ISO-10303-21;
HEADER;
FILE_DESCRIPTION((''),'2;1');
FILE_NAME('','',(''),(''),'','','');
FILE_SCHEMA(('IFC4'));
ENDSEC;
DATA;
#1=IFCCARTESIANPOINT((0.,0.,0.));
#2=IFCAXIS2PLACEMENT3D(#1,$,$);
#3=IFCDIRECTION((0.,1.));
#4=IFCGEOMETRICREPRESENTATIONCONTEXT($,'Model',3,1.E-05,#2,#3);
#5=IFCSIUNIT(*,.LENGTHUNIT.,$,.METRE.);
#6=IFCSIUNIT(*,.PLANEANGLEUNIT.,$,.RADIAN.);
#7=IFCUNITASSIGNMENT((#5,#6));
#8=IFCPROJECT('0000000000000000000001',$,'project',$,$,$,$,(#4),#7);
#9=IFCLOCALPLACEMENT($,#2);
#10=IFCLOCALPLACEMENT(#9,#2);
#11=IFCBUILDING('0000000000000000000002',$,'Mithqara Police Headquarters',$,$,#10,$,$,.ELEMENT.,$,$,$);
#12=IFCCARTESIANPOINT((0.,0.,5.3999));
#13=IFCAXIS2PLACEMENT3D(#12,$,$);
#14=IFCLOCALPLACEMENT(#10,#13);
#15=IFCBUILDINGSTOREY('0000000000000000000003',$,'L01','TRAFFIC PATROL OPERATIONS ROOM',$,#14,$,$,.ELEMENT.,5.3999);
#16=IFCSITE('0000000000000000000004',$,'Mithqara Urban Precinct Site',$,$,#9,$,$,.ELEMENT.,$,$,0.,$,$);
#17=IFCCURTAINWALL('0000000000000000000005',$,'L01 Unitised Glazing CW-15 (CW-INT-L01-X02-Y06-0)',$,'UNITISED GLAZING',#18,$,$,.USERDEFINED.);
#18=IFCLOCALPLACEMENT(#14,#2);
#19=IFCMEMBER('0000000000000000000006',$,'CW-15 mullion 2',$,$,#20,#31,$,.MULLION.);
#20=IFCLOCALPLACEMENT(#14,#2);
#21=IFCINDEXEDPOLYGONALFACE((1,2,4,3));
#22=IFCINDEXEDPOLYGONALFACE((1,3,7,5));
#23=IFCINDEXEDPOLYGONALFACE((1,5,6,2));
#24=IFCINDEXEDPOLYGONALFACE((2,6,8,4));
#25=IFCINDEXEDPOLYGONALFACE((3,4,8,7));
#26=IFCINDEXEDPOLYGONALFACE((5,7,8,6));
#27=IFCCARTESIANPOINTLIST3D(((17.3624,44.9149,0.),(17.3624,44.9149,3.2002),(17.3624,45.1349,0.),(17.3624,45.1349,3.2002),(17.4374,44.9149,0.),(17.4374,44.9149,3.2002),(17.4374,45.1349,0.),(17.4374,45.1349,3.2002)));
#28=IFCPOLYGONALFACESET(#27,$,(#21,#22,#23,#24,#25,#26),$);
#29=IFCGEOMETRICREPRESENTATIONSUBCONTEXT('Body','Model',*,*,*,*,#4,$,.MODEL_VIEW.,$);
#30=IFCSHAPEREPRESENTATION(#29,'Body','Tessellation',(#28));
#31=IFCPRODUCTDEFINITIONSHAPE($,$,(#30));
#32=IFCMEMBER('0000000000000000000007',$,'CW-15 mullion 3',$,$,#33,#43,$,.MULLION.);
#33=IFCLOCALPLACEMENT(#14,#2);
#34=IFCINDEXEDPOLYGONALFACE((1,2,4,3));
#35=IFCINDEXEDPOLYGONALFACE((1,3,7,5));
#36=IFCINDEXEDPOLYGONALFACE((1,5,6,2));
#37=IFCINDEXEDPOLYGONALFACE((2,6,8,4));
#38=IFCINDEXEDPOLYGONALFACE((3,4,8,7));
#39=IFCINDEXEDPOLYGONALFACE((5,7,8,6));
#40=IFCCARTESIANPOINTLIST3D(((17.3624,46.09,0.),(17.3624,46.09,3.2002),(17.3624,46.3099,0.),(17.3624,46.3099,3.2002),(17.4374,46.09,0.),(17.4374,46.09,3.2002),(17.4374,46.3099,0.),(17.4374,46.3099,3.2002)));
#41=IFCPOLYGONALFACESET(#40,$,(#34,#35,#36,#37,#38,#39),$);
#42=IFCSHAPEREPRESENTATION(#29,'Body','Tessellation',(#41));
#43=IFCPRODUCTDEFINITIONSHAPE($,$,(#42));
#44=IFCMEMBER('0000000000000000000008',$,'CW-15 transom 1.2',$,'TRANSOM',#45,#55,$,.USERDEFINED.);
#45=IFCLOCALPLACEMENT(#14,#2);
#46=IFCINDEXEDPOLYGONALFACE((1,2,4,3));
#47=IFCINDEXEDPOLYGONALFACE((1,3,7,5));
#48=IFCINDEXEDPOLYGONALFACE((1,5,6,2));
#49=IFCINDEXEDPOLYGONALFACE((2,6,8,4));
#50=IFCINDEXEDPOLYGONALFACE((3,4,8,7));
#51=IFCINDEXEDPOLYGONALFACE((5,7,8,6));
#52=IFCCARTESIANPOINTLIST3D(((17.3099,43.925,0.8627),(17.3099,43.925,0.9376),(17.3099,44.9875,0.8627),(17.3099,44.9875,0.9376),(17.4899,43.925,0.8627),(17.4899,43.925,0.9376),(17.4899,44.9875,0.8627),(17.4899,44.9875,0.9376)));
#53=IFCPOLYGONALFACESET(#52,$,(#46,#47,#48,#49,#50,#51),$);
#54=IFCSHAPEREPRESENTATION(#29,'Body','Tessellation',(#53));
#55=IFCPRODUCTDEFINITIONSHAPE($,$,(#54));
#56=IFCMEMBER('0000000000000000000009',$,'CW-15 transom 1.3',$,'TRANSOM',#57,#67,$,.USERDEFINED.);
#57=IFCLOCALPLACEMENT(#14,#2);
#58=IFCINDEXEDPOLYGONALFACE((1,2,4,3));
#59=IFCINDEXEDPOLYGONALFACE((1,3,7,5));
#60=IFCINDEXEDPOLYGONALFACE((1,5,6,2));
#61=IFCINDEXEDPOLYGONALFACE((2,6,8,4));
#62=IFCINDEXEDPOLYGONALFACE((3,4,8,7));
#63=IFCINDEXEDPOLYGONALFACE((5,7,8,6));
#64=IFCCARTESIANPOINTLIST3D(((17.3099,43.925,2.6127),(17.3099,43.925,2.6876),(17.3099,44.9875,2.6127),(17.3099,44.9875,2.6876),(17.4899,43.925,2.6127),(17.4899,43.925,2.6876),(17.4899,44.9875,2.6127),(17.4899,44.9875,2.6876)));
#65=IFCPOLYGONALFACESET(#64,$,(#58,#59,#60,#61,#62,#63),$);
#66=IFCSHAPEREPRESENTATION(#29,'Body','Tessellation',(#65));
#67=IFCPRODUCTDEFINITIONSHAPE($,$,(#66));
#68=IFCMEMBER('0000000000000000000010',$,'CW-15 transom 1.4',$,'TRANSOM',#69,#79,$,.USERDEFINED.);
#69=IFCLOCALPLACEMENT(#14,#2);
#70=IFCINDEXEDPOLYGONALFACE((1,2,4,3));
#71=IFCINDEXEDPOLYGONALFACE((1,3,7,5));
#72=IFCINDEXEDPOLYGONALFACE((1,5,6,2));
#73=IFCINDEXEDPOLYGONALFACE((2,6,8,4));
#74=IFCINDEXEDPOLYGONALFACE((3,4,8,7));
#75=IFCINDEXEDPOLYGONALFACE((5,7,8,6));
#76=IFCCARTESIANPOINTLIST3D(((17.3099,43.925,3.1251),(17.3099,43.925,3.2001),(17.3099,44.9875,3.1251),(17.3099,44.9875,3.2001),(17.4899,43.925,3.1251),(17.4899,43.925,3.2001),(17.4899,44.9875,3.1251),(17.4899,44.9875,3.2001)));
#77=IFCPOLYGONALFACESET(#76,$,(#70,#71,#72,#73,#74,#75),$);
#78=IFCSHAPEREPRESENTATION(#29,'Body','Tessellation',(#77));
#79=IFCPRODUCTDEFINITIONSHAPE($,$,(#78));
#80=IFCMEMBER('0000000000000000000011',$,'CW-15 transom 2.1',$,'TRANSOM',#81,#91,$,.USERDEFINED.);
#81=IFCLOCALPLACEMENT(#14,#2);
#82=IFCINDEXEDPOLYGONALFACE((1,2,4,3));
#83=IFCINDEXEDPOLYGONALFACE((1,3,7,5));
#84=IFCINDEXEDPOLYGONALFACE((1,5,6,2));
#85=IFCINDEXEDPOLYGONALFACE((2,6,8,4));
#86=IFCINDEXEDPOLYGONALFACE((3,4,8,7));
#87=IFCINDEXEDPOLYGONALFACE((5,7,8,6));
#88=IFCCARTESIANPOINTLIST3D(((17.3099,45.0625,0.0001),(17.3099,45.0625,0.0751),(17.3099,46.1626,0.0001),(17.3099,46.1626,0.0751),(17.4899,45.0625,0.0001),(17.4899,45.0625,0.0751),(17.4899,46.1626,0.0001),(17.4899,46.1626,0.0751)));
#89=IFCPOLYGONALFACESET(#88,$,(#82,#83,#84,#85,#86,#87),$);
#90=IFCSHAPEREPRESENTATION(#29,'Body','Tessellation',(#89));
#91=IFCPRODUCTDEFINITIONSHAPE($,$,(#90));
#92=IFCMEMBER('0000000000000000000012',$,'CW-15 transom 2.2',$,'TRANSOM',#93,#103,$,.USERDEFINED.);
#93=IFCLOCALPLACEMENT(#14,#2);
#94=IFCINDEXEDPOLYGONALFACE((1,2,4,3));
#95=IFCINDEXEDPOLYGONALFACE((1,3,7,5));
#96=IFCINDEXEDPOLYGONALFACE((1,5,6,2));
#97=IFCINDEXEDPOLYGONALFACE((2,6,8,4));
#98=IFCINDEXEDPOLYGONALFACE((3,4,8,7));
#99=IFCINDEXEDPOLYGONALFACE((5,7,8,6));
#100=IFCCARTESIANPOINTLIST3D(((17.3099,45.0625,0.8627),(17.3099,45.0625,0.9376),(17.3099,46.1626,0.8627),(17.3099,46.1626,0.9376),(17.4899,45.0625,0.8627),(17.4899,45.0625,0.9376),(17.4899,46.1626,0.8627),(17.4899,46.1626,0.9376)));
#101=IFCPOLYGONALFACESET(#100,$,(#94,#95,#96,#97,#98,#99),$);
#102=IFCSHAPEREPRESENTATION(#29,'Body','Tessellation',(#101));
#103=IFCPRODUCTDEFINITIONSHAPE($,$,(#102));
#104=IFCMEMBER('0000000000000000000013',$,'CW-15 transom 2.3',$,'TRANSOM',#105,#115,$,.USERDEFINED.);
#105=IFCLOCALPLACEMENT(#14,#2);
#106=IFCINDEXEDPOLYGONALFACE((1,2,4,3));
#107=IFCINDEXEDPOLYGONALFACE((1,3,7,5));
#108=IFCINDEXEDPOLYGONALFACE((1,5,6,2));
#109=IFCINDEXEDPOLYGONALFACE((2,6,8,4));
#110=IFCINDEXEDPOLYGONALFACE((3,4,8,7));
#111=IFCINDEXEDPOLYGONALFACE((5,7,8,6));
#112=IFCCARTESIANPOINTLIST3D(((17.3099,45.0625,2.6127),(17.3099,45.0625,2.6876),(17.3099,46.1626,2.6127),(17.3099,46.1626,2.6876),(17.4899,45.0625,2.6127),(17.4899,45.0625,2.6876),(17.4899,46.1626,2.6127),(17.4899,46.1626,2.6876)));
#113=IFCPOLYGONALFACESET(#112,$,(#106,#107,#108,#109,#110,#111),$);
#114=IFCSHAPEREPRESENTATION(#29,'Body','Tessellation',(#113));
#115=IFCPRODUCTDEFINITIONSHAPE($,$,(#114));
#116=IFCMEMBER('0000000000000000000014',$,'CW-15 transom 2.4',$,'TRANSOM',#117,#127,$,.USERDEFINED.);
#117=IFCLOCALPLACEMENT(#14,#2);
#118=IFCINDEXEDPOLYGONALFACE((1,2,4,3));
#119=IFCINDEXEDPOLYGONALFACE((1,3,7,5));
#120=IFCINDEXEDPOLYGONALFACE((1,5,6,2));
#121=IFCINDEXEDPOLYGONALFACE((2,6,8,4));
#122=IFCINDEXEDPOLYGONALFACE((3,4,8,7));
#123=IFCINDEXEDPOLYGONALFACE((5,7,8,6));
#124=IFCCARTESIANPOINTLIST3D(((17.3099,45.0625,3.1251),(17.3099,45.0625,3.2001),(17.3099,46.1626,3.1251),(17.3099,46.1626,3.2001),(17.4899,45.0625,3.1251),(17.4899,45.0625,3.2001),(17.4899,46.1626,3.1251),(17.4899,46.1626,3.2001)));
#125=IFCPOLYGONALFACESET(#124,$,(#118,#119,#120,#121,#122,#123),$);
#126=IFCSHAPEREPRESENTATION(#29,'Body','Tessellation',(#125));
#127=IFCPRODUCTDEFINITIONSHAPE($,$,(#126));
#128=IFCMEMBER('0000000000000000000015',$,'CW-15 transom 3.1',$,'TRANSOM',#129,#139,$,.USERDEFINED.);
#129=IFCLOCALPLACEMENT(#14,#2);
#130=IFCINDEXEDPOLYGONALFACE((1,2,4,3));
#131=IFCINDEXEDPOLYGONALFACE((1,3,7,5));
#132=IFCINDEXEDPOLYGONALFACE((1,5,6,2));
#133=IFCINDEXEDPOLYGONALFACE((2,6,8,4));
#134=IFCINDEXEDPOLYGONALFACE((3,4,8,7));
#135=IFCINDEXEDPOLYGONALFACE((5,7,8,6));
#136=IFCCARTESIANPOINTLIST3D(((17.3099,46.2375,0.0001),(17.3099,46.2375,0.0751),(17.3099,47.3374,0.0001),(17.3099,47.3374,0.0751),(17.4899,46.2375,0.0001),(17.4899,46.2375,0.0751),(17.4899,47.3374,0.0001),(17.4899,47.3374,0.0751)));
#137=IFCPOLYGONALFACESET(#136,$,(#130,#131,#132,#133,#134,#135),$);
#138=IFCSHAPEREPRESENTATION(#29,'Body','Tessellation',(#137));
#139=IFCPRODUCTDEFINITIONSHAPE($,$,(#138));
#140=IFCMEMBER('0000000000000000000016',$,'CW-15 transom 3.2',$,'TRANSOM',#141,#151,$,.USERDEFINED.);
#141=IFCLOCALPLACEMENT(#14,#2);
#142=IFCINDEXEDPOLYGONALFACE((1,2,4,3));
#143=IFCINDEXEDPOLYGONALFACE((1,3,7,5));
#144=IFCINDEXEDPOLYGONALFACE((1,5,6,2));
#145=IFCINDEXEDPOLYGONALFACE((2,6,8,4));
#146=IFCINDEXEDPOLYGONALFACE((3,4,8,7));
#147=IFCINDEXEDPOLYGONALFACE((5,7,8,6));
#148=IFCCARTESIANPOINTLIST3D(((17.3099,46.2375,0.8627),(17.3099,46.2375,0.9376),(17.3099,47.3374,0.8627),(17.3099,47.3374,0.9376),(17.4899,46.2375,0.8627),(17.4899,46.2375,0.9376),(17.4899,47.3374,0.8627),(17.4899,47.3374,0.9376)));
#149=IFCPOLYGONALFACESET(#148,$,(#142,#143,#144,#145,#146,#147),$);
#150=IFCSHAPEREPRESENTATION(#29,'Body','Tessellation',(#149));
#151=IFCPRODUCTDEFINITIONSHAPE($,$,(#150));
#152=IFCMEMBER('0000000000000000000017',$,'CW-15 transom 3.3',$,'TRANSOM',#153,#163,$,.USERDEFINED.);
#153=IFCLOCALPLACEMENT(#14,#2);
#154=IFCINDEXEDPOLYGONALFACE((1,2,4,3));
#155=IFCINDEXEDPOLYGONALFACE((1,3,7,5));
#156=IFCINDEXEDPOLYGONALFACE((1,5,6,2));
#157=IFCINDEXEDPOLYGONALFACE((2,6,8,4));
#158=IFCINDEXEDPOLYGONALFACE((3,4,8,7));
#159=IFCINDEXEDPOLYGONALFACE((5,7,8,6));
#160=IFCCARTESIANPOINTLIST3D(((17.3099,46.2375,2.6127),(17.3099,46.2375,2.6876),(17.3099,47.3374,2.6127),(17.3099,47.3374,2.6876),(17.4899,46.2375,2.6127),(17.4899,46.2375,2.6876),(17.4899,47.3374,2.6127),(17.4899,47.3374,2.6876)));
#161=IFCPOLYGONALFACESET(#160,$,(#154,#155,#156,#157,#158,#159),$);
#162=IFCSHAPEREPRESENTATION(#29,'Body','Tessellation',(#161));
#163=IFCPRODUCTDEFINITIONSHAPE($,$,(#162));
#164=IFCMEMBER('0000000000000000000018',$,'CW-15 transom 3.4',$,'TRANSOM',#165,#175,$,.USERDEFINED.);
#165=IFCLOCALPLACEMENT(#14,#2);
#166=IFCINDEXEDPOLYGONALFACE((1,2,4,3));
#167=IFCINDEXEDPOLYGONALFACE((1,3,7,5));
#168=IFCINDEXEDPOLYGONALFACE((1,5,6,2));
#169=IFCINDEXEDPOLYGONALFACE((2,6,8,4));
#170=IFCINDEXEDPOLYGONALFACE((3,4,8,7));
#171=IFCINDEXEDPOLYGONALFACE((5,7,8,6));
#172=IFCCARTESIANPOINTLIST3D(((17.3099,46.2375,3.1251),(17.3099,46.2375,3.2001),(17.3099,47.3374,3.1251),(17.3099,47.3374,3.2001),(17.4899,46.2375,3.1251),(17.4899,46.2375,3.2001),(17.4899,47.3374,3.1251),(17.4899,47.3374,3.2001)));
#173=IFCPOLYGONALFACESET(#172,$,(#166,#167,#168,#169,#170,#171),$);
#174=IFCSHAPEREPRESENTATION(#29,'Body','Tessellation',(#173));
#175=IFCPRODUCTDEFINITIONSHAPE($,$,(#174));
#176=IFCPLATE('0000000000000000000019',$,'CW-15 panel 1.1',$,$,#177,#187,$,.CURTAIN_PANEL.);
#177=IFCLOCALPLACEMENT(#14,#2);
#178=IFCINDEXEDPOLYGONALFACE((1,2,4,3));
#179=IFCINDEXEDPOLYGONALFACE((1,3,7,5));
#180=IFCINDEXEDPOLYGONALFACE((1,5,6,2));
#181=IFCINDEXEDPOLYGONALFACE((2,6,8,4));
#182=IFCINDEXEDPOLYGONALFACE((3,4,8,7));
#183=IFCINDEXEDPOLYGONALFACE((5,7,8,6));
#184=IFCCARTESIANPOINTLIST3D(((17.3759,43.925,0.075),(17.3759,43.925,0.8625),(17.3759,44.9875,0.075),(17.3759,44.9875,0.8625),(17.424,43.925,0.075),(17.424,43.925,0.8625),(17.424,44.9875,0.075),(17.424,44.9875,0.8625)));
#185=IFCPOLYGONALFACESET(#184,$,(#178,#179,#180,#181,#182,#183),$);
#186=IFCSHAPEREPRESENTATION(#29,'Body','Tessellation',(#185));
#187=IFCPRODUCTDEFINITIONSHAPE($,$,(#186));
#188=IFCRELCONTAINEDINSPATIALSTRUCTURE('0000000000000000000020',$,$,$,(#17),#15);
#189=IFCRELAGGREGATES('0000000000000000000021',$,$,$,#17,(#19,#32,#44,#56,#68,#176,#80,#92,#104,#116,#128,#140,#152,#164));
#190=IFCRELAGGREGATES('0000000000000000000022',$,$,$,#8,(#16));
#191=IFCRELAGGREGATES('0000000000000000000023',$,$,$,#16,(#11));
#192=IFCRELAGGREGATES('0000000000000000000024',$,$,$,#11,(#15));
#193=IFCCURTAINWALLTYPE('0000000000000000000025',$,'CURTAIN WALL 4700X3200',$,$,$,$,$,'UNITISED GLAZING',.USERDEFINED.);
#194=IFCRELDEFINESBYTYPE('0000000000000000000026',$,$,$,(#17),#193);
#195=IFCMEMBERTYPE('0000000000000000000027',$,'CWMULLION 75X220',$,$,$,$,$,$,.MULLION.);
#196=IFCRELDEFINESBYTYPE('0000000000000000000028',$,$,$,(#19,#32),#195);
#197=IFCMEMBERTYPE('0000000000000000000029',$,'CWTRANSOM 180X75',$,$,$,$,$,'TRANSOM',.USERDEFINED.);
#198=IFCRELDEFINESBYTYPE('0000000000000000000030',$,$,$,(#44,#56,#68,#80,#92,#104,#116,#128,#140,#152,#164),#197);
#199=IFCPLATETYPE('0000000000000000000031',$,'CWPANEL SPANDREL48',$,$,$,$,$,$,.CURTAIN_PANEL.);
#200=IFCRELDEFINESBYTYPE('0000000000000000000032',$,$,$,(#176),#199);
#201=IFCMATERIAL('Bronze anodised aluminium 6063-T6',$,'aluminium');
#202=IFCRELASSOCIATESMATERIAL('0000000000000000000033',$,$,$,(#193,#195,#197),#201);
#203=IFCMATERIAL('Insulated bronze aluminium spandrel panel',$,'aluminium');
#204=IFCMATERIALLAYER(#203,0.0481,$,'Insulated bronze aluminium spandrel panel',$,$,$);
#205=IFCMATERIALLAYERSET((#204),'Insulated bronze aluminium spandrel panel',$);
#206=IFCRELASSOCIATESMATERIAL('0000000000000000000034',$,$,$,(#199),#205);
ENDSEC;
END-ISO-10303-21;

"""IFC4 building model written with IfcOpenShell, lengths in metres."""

from ifc_helpers import new_model, si_unit, direction, frame, origin, origin_2d, place, context, subcontext, project, spatial, rectangle, extrude, material, layer, layer_set, material_profile, profile_set, type_object, element, aggregate, save


model = new_model("IFC4")

# Units and contexts
model_context = context("Model", 3, precision=1e-05, world=origin(), true_north=direction((0.0, 1.0)))
body_context = subcontext(model_context, "Body", "Model", "MODEL_VIEW")
ifc_project = project(units=[si_unit("LENGTHUNIT", "METRE"), si_unit("PLANEANGLEUNIT", "RADIAN")], contexts=[model_context])

# Site, building, storey
site_placement = place(None, origin())
site = spatial("IfcSite", under=ifc_project, at=site_placement, Name="Mithqara Urban Precinct Site", CompositionType="ELEMENT", RefElevation=0.0)
building_placement = place(site_placement, origin())
building = spatial("IfcBuilding", under=site, at=building_placement, Name="Mithqara Police Headquarters", CompositionType="ELEMENT")
storey_placement = place(building_placement, frame((0.0, 0.0, 5.3999)))
storey = spatial("IfcBuildingStorey", under=building, at=storey_placement, Name="L01", Description="TRAFFIC PATROL OPERATIONS ROOM", CompositionType="ELEMENT", Elevation=5.3999)

# Curtain wall, members, plate
ifc_material_1 = material(Name="Bronze anodised aluminium 6063-T6", Category="aluminium")
curtain_wall_type = type_object("IfcCurtainWallType", Name="CURTAIN WALL 4700X3200", ElementType="UNITISED GLAZING", PredefinedType="USERDEFINED", material=ifc_material_1)
curtain_wall_placement = place(storey_placement, origin())
curtain_wall = element("IfcCurtainWall", 1, at=curtain_wall_placement, inside=storey, type_object=curtain_wall_type, Name="L01 Unitised Glazing CW-15 (CW-INT-L01-X02-Y06-0)", ObjectType="UNITISED GLAZING", PredefinedType="USERDEFINED")
ifc_material_profile_1 = material_profile(ifc_material_1, rectangle(XDim=0.075, YDim=0.22, at=origin_2d()), Name="CWM 75x220")
ifc_profile_set_1 = profile_set([ifc_material_profile_1], Name="Bronze anodised aluminium 6063-T6")
member_type_1 = type_object("IfcMemberType", Name="CWMULLION 75X220", PredefinedType="MULLION", material=ifc_profile_set_1)
member_1_placement = place(storey_placement, frame((17.3999, 45.0249, 0.0), z_axis=(0.0, 0.0, 1.0), x_axis=(-1.0, 0.0, 0.0)))
member_1 = element("IfcMember", 2, at=member_1_placement, type_object=member_type_1, Name="CW-15 mullion 2", PredefinedType="MULLION", context=body_context, shape_type="SweptSolid", body=[
    extrude(rectangle(XDim=0.075, YDim=0.22, at=origin_2d()), origin(), (0.0, 0.0, 1.0), 3.2002),
])
member_2_placement = place(storey_placement, frame((17.3999, 46.2, 0.0), z_axis=(0.0, 0.0, 1.0), x_axis=(-1.0, 0.0, 0.0)))
member_2 = element("IfcMember", 3, at=member_2_placement, type_object=member_type_1, Name="CW-15 mullion 3", PredefinedType="MULLION", context=body_context, shape_type="SweptSolid", body=[
    extrude(rectangle(XDim=0.075, YDim=0.22, at=origin_2d()), origin(), (0.0, 0.0, 1.0), 3.2002),
])
ifc_material_profile_2 = material_profile(ifc_material_1, rectangle(XDim=0.1799, YDim=0.075, at=origin_2d()), Name="CWT 180x75")
ifc_profile_set_2 = profile_set([ifc_material_profile_2], Name="Bronze anodised aluminium 6063-T6")
member_type_2 = type_object("IfcMemberType", Name="CWTRANSOM 180X75", ElementType="TRANSOM", PredefinedType="USERDEFINED", material=ifc_profile_set_2)
member_3_placement = place(storey_placement, frame((17.3999, 43.925, 0.9001), z_axis=(0.0, 1.0, 0.0), x_axis=(-1.0, 0.0, 0.0)))
member_3 = element("IfcMember", 4, at=member_3_placement, type_object=member_type_2, Name="CW-15 transom 1.2", ObjectType="TRANSOM", PredefinedType="USERDEFINED", context=body_context, shape_type="SweptSolid", body=[
    extrude(rectangle(XDim=0.1799, YDim=0.075, at=origin_2d()), origin(), (0.0, 0.0, 1.0), 1.0625),
])
member_4_placement = place(storey_placement, frame((17.3999, 43.925, 2.6501), z_axis=(0.0, 1.0, 0.0), x_axis=(-1.0, 0.0, 0.0)))
member_4 = element("IfcMember", 5, at=member_4_placement, type_object=member_type_2, Name="CW-15 transom 1.3", ObjectType="TRANSOM", PredefinedType="USERDEFINED", context=body_context, shape_type="SweptSolid", body=[
    extrude(rectangle(XDim=0.1799, YDim=0.075, at=origin_2d()), origin(), (0.0, 0.0, 1.0), 1.0625),
])
member_5_placement = place(storey_placement, frame((17.3999, 43.925, 3.1626), z_axis=(0.0, 1.0, 0.0), x_axis=(-1.0, 0.0, 0.0)))
member_5 = element("IfcMember", 6, at=member_5_placement, type_object=member_type_2, Name="CW-15 transom 1.4", ObjectType="TRANSOM", PredefinedType="USERDEFINED", context=body_context, shape_type="SweptSolid", body=[
    extrude(rectangle(XDim=0.1799, YDim=0.075, at=origin_2d()), origin(), (0.0, 0.0, 1.0), 1.0625),
])
member_6_placement = place(storey_placement, frame((17.3999, 45.0625, 0.0376), z_axis=(0.0, 1.0, 0.0), x_axis=(-1.0, 0.0, 0.0)))
member_6 = element("IfcMember", 7, at=member_6_placement, type_object=member_type_2, Name="CW-15 transom 2.1", ObjectType="TRANSOM", PredefinedType="USERDEFINED", context=body_context, shape_type="SweptSolid", body=[
    extrude(rectangle(XDim=0.1799, YDim=0.075, at=origin_2d()), origin(), (0.0, 0.0, 1.0), 1.1001),
])
member_7_placement = place(storey_placement, frame((17.3999, 45.0625, 0.9001), z_axis=(0.0, 1.0, 0.0), x_axis=(-1.0, 0.0, 0.0)))
member_7 = element("IfcMember", 8, at=member_7_placement, type_object=member_type_2, Name="CW-15 transom 2.2", ObjectType="TRANSOM", PredefinedType="USERDEFINED", context=body_context, shape_type="SweptSolid", body=[
    extrude(rectangle(XDim=0.1799, YDim=0.075, at=origin_2d()), origin(), (0.0, 0.0, 1.0), 1.1001),
])
member_8_placement = place(storey_placement, frame((17.3999, 45.0625, 2.6501), z_axis=(0.0, 1.0, 0.0), x_axis=(-1.0, 0.0, 0.0)))
member_8 = element("IfcMember", 9, at=member_8_placement, type_object=member_type_2, Name="CW-15 transom 2.3", ObjectType="TRANSOM", PredefinedType="USERDEFINED", context=body_context, shape_type="SweptSolid", body=[
    extrude(rectangle(XDim=0.1799, YDim=0.075, at=origin_2d()), origin(), (0.0, 0.0, 1.0), 1.1001),
])
member_9_placement = place(storey_placement, frame((17.3999, 45.0625, 3.1626), z_axis=(0.0, 1.0, 0.0), x_axis=(-1.0, 0.0, 0.0)))
member_9 = element("IfcMember", 10, at=member_9_placement, type_object=member_type_2, Name="CW-15 transom 2.4", ObjectType="TRANSOM", PredefinedType="USERDEFINED", context=body_context, shape_type="SweptSolid", body=[
    extrude(rectangle(XDim=0.1799, YDim=0.075, at=origin_2d()), origin(), (0.0, 0.0, 1.0), 1.1001),
])
member_10_placement = place(storey_placement, frame((17.3999, 46.2375, 0.0376), z_axis=(0.0, 1.0, 0.0), x_axis=(-1.0, 0.0, 0.0)))
member_10 = element("IfcMember", 11, at=member_10_placement, type_object=member_type_2, Name="CW-15 transom 3.1", ObjectType="TRANSOM", PredefinedType="USERDEFINED", context=body_context, shape_type="SweptSolid", body=[
    extrude(rectangle(XDim=0.1799, YDim=0.075, at=origin_2d()), origin(), (0.0, 0.0, 1.0), 1.0999),
])
member_11_placement = place(storey_placement, frame((17.3999, 46.2375, 0.9001), z_axis=(0.0, 1.0, 0.0), x_axis=(-1.0, 0.0, 0.0)))
member_11 = element("IfcMember", 12, at=member_11_placement, type_object=member_type_2, Name="CW-15 transom 3.2", ObjectType="TRANSOM", PredefinedType="USERDEFINED", context=body_context, shape_type="SweptSolid", body=[
    extrude(rectangle(XDim=0.1799, YDim=0.075, at=origin_2d()), origin(), (0.0, 0.0, 1.0), 1.0999),
])
member_12_placement = place(storey_placement, frame((17.3999, 46.2375, 2.6501), z_axis=(0.0, 1.0, 0.0), x_axis=(-1.0, 0.0, 0.0)))
member_12 = element("IfcMember", 13, at=member_12_placement, type_object=member_type_2, Name="CW-15 transom 3.3", ObjectType="TRANSOM", PredefinedType="USERDEFINED", context=body_context, shape_type="SweptSolid", body=[
    extrude(rectangle(XDim=0.1799, YDim=0.075, at=origin_2d()), origin(), (0.0, 0.0, 1.0), 1.0999),
])
member_13_placement = place(storey_placement, frame((17.3999, 46.2375, 3.1626), z_axis=(0.0, 1.0, 0.0), x_axis=(-1.0, 0.0, 0.0)))
member_13 = element("IfcMember", 14, at=member_13_placement, type_object=member_type_2, Name="CW-15 transom 3.4", ObjectType="TRANSOM", PredefinedType="USERDEFINED", context=body_context, shape_type="SweptSolid", body=[
    extrude(rectangle(XDim=0.1799, YDim=0.075, at=origin_2d()), origin(), (0.0, 0.0, 1.0), 1.0999),
])
ifc_material_2 = material(Name="Insulated bronze aluminium spandrel panel", Category="aluminium")
ifc_layer_1 = layer(ifc_material_2, 0.0481, Name="Insulated bronze aluminium spandrel panel")
ifc_layer_set_1 = layer_set([ifc_layer_1], Name="Insulated bronze aluminium spandrel panel")
plate_type = type_object("IfcPlateType", Name="CWPANEL SPANDREL48", PredefinedType="CURTAIN_PANEL", material=ifc_layer_set_1)
plate_1_placement = place(storey_placement, frame((17.3999, 44.4563, 0.075), z_axis=(0.0, 0.0, 1.0), x_axis=(0.0, 1.0, 0.0)))
plate_1 = element("IfcPlate", 15, at=plate_1_placement, type_object=plate_type, Name="CW-15 panel 1.1", PredefinedType="CURTAIN_PANEL", context=body_context, shape_type="SweptSolid", body=[
    extrude(rectangle(XDim=1.0625, YDim=0.0481, at=origin_2d()), origin(), (0.0, 0.0, 1.0), 0.7876),
])
aggregate(curtain_wall, [member_1, member_2, member_3, member_4, member_5, plate_1, member_6, member_7, member_8, member_9, member_10, member_11, member_12, member_13])

save(model, "model.ifc")
